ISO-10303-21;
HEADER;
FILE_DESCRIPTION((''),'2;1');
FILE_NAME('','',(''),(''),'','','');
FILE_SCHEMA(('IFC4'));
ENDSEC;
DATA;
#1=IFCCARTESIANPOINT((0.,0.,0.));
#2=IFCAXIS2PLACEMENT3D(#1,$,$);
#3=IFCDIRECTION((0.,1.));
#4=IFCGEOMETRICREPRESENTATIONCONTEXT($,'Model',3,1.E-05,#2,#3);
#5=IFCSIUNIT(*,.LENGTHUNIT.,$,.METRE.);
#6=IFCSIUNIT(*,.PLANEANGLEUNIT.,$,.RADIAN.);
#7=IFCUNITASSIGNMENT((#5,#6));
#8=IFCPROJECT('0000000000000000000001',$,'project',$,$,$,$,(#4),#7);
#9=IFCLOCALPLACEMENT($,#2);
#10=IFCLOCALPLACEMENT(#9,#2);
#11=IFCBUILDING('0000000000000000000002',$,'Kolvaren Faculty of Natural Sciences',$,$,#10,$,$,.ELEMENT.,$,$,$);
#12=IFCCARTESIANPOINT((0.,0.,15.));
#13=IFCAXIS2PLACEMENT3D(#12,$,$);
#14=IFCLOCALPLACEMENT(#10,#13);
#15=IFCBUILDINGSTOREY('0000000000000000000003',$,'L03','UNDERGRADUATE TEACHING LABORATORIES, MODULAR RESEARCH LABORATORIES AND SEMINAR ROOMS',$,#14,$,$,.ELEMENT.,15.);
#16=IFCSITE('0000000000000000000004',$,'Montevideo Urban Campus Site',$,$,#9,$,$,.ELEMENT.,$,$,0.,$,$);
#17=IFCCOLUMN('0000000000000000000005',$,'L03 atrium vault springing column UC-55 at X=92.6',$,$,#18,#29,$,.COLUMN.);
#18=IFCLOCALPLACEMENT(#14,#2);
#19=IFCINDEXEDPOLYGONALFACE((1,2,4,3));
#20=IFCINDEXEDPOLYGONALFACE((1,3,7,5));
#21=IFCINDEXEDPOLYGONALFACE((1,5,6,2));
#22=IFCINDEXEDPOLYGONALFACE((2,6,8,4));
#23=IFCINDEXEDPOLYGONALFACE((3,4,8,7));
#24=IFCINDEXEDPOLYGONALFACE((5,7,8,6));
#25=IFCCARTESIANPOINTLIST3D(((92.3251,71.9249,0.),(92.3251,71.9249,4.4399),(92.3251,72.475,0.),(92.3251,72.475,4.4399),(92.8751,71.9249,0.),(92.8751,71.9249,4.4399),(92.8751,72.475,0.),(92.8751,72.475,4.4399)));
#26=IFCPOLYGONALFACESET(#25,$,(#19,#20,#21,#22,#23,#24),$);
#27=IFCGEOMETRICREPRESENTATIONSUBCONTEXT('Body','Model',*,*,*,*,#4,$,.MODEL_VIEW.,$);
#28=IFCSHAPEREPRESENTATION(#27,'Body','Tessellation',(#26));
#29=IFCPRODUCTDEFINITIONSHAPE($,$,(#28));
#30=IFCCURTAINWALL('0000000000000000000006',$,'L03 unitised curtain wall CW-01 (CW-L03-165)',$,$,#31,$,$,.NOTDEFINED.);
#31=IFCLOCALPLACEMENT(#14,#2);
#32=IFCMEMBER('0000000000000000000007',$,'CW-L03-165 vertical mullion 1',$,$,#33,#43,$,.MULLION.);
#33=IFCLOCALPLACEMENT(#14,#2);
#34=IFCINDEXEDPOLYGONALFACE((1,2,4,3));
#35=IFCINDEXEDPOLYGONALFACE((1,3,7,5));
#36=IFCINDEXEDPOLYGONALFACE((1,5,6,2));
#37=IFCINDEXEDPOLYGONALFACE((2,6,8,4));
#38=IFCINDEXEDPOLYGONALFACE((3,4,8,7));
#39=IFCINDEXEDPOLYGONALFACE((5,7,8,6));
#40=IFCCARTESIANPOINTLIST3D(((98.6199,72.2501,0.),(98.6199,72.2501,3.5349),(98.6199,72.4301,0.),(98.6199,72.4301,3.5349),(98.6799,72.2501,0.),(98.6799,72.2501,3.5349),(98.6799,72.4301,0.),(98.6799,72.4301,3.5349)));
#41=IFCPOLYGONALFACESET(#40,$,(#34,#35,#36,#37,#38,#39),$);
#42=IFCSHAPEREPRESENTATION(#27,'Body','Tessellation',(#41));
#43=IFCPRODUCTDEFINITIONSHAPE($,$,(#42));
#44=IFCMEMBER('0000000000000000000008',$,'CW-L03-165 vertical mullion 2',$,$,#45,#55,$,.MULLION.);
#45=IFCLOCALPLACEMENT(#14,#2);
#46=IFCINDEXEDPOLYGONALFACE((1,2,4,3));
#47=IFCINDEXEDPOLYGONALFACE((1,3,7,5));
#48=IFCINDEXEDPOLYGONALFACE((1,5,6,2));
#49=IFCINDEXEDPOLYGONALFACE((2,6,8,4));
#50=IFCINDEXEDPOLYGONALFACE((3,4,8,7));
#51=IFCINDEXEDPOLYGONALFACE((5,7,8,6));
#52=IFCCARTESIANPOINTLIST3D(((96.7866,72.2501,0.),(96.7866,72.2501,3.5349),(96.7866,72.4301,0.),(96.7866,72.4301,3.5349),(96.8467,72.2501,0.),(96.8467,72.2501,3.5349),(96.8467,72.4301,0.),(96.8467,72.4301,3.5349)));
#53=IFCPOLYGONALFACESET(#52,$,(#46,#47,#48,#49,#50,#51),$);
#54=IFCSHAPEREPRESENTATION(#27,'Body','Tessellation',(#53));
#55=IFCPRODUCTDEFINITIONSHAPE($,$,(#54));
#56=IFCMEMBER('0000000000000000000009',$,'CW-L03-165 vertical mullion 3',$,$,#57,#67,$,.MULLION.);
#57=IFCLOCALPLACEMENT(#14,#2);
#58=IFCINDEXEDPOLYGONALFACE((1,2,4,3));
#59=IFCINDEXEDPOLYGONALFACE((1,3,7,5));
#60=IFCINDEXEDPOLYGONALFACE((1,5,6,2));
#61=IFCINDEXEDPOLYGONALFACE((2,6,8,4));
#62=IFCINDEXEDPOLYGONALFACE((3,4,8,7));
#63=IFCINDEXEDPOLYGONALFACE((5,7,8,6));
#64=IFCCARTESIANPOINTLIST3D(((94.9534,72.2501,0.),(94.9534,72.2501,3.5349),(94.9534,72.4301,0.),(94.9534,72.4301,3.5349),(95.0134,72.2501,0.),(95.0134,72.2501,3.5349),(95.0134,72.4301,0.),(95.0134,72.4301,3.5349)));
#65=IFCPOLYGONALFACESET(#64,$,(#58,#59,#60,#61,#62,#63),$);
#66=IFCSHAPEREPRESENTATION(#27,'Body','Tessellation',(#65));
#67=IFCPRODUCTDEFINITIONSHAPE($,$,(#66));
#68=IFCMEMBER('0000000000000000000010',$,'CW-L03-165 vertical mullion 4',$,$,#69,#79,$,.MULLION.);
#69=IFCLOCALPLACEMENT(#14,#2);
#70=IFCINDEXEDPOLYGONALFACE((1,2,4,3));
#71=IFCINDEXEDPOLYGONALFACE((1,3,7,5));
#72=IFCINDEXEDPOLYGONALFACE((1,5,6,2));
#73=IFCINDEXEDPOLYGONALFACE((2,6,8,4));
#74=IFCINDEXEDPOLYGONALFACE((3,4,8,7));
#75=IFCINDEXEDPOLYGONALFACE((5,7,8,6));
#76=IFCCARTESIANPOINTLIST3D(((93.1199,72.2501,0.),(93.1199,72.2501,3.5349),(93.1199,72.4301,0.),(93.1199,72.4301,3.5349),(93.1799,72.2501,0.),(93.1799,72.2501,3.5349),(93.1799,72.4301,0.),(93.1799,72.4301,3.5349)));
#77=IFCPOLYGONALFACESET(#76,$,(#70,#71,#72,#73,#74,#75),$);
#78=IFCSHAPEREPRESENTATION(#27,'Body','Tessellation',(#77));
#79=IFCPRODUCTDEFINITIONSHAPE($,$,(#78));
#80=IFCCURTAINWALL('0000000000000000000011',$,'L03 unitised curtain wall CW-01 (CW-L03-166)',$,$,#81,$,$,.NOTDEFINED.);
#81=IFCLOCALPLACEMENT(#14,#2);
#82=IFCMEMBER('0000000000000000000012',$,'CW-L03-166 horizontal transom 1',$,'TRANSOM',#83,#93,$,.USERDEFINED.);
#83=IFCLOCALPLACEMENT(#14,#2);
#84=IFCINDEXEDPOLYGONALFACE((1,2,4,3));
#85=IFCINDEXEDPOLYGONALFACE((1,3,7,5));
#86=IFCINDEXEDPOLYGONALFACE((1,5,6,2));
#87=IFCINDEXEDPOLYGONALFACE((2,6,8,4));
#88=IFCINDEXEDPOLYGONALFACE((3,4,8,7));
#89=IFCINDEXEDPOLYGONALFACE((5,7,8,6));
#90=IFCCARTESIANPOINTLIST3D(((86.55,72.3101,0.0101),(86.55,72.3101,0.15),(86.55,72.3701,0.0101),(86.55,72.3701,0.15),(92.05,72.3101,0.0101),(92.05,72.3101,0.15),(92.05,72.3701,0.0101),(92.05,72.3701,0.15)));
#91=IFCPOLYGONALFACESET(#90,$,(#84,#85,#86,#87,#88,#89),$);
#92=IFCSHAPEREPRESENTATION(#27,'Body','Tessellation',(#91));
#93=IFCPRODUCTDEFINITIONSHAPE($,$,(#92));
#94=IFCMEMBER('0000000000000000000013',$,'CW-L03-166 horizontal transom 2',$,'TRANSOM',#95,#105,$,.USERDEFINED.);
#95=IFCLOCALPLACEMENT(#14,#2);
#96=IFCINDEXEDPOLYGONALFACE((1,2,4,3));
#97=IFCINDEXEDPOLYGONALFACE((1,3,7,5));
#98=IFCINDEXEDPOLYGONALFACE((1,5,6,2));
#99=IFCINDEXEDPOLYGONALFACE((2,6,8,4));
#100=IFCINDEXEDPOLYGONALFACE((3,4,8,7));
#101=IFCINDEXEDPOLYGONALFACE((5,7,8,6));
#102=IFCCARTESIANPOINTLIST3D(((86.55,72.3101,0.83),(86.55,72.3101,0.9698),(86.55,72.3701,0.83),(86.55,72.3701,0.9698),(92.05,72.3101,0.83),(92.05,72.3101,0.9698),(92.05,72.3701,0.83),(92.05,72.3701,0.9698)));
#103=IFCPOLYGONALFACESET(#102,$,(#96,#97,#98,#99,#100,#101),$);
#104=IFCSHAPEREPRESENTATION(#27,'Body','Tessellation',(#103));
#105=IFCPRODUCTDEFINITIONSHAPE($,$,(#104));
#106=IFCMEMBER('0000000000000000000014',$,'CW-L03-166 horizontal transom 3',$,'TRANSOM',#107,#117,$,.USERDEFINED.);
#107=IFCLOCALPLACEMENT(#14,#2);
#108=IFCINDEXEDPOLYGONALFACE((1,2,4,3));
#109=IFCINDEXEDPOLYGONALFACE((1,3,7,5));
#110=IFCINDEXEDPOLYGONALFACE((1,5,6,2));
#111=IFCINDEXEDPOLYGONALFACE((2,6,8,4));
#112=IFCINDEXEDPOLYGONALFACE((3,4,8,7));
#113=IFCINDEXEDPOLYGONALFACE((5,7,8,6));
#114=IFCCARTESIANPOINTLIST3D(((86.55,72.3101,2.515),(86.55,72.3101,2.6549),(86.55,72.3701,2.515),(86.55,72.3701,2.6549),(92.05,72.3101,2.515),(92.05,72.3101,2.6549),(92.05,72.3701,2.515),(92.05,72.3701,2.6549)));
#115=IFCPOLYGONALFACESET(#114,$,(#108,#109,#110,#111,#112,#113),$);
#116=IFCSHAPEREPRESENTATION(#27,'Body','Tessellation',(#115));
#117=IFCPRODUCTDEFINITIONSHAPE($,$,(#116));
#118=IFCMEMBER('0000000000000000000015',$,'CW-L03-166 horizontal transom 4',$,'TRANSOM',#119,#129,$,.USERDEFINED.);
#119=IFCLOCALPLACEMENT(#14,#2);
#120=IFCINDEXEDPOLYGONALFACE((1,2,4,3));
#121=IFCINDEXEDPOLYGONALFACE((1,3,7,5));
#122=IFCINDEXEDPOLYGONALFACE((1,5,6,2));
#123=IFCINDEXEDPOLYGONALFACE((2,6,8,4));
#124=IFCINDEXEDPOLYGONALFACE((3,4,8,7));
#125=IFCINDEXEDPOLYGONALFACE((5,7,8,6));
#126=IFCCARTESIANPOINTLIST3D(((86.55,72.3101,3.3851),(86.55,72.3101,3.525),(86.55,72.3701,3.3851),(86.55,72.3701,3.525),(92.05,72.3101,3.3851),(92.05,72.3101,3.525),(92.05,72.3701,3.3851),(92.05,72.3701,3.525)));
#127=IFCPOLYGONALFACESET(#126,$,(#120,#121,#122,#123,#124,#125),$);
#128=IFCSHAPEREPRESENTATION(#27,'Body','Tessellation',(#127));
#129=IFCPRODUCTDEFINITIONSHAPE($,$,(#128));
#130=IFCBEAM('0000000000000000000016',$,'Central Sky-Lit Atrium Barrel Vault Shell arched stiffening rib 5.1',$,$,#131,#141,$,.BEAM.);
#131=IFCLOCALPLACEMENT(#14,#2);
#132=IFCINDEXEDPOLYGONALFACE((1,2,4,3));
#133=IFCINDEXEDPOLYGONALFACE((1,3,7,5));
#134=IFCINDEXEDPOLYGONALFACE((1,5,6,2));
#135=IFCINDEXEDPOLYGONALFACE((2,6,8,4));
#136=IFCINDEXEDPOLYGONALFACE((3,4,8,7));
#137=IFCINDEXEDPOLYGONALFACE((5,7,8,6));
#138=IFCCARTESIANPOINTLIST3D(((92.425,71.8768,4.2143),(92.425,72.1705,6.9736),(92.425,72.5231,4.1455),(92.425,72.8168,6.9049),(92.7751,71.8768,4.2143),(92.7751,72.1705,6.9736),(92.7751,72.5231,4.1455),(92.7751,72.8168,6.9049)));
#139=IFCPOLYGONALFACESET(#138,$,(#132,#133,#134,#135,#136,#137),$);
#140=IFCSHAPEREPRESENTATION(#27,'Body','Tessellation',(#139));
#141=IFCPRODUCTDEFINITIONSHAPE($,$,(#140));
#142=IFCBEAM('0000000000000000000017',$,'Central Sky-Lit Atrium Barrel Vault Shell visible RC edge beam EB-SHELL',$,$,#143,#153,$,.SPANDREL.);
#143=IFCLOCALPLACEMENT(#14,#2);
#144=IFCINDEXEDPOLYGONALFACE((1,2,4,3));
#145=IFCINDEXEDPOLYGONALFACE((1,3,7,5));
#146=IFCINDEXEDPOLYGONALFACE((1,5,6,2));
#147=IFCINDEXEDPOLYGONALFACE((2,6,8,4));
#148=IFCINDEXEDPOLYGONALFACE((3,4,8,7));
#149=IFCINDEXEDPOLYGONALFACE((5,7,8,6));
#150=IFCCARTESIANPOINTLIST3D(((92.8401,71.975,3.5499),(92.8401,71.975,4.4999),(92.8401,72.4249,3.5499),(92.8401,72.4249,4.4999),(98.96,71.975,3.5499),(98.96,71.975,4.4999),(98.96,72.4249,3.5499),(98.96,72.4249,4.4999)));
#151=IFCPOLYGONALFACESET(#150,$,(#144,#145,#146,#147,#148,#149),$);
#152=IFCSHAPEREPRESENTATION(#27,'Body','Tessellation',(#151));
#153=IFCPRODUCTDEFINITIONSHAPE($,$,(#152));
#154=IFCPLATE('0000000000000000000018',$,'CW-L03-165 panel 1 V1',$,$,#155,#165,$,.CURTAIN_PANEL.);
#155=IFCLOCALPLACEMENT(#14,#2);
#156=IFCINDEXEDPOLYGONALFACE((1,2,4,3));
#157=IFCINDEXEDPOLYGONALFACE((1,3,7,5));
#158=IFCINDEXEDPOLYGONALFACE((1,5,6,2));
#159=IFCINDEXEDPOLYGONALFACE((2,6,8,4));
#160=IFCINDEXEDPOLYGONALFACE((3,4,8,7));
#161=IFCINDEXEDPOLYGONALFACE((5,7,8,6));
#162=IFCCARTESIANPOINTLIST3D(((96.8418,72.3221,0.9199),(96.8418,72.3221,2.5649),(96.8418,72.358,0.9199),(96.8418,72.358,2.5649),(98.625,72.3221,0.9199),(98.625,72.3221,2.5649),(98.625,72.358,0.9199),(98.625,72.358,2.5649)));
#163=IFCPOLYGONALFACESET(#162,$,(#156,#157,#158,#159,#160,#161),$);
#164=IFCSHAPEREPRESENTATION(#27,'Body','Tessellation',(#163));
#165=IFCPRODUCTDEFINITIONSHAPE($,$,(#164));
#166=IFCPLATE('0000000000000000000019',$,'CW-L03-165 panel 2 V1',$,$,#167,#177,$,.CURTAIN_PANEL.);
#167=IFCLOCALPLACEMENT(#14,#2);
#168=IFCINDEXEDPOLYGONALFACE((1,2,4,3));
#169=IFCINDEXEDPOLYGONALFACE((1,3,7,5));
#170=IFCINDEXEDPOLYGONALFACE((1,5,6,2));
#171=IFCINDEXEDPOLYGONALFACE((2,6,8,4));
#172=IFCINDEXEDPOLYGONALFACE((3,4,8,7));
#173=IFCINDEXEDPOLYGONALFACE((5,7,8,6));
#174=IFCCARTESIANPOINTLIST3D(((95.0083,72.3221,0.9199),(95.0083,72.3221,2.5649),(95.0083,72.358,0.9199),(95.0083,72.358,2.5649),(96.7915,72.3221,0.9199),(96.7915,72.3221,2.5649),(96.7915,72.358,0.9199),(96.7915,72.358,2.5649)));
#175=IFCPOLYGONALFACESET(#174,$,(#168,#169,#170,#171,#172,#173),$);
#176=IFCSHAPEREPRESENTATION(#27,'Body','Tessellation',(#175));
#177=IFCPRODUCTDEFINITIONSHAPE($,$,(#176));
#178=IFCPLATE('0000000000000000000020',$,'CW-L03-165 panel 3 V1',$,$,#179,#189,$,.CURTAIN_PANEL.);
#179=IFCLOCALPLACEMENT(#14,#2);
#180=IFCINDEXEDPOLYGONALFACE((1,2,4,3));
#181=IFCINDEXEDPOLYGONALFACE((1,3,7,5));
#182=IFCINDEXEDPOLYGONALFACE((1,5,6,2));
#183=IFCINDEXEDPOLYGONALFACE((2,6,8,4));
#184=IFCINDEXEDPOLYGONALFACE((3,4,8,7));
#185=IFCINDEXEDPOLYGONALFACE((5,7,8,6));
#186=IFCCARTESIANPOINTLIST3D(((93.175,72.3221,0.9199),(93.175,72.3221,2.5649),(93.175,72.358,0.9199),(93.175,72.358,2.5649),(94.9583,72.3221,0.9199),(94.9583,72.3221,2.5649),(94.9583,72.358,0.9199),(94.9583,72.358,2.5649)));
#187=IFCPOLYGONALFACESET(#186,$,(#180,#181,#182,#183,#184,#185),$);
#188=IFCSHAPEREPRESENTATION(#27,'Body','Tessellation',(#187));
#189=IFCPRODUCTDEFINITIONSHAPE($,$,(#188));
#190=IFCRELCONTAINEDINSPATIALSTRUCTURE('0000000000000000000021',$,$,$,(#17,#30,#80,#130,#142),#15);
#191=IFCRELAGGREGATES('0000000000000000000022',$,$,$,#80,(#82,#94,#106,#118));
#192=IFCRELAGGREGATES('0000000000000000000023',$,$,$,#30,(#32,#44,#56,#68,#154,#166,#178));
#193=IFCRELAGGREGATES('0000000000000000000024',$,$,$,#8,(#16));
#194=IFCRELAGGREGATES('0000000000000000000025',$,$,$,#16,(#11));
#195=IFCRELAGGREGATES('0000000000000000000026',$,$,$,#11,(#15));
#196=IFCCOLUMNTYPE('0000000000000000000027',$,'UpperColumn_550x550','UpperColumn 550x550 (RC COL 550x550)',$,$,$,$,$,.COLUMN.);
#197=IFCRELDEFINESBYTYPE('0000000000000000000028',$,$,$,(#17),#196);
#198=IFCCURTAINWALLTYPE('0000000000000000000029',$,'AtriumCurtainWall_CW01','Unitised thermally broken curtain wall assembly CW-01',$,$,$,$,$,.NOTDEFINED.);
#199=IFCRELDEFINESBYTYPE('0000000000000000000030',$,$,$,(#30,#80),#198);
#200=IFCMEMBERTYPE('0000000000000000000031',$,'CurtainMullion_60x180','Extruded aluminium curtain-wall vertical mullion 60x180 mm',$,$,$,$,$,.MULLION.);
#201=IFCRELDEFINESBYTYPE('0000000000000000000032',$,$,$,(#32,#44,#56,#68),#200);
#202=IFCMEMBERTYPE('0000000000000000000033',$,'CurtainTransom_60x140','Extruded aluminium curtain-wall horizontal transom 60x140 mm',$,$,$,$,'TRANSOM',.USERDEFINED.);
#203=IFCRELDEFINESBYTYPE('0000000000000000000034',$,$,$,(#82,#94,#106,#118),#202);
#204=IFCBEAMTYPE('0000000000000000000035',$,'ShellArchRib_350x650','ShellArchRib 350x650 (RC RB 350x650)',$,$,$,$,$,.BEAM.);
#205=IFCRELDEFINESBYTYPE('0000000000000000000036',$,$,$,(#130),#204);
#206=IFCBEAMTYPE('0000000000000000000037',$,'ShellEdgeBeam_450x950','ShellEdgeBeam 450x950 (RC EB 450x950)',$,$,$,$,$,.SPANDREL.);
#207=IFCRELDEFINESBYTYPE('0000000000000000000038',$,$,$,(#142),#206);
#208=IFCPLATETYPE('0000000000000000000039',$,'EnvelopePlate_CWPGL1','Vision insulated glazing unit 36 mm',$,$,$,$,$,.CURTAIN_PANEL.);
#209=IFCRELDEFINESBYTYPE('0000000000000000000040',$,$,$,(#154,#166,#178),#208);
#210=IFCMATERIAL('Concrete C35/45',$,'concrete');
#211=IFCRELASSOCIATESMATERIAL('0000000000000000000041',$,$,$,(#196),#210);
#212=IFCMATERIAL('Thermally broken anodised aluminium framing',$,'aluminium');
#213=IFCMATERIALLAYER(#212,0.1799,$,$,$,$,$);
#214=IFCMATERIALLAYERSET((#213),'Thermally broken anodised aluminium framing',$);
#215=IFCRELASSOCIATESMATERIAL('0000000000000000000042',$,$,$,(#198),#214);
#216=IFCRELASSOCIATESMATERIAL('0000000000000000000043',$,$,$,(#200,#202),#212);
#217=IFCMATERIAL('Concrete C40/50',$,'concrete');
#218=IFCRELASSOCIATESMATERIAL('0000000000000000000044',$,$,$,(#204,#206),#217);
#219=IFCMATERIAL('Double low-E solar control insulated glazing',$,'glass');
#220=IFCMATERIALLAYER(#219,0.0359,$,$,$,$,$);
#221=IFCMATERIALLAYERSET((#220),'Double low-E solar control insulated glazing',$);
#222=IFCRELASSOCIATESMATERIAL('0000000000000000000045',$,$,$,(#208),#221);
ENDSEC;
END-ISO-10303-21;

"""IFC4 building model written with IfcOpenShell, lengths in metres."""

from ifc_helpers import new_model, si_unit, direction, frame, origin, origin_2d, place, context, subcontext, project, spatial, rectangle, extrude, material, layer, layer_set, material_profile, profile_set, type_object, element, aggregate, save


model = new_model("IFC4")

# Units and contexts
model_context = context("Model", 3, precision=1e-05, world=origin(), true_north=direction((0.0, 1.0)))
body_context = subcontext(model_context, "Body", "Model", "MODEL_VIEW")
ifc_project = project(units=[si_unit("LENGTHUNIT", "METRE"), si_unit("PLANEANGLEUNIT", "RADIAN")], contexts=[model_context])

# Site, building, storey
site_placement = place(None, origin())
site = spatial("IfcSite", under=ifc_project, at=site_placement, Name="Montevideo Urban Campus Site", CompositionType="ELEMENT", RefElevation=0.0)
building_placement = place(site_placement, origin())
building = spatial("IfcBuilding", under=site, at=building_placement, Name="Kolvaren Faculty of Natural Sciences", CompositionType="ELEMENT")
storey_placement = place(building_placement, frame((0.0, 0.0, 15.0)))
storey = spatial("IfcBuildingStorey", under=building, at=storey_placement, Name="L03", Description="UNDERGRADUATE TEACHING LABORATORIES, MODULAR RESEARCH LABORATORIES AND SEMINAR ROOMS", CompositionType="ELEMENT", Elevation=15.0)

# Column
ifc_material_1 = material(Name="Concrete C35/45", Category="concrete")
ifc_material_profile_1 = material_profile(ifc_material_1, rectangle(XDim=0.55, YDim=0.55, at=origin_2d()), Name="RC COL 550x550")
ifc_profile_set_1 = profile_set([ifc_material_profile_1], Name="Concrete C35/45")
column_type = type_object("IfcColumnType", Name="UpperColumn_550x550", Description="UpperColumn 550x550 (RC COL 550x550)", PredefinedType="COLUMN", material=ifc_profile_set_1)
column_placement = place(storey_placement, frame((92.6001, 72.2, 0.0), z_axis=(0.0, 0.0, 1.0), x_axis=(1.0, 0.0, 0.0)))
element("IfcColumn", 1, at=column_placement, inside=storey, type_object=column_type, Name="L03 atrium vault springing column UC-55 at X=92.6", PredefinedType="COLUMN", context=body_context, shape_type="SweptSolid", body=[
    extrude(rectangle(XDim=0.55, YDim=0.55, at=origin_2d()), origin(), (0.0, 0.0, 1.0), 4.4399),
])

# Curtain walls, members
ifc_material_2 = material(Name="Thermally broken anodised aluminium framing", Category="aluminium")
ifc_layer_1 = layer(ifc_material_2, 0.1799)
ifc_layer_set_1 = layer_set([ifc_layer_1], Name="Thermally broken anodised aluminium framing")
curtain_wall_type = type_object("IfcCurtainWallType", Name="AtriumCurtainWall_CW01", Description="Unitised thermally broken curtain wall assembly CW-01", PredefinedType="NOTDEFINED", material=ifc_layer_set_1)
curtain_wall_1_placement = place(storey_placement, origin())
curtain_wall_1 = element("IfcCurtainWall", 2, at=curtain_wall_1_placement, inside=storey, type_object=curtain_wall_type, Name="L03 unitised curtain wall CW-01 (CW-L03-165)", PredefinedType="NOTDEFINED")
ifc_material_profile_2 = material_profile(ifc_material_2, rectangle(XDim=0.0601, YDim=0.1799, at=origin_2d()), Name="ALU MUL 60x180")
ifc_profile_set_2 = profile_set([ifc_material_profile_2], Name="Thermally broken anodised aluminium framing")
member_type_1 = type_object("IfcMemberType", Name="CurtainMullion_60x180", Description="Extruded aluminium curtain-wall vertical mullion 60x180 mm", PredefinedType="MULLION", material=ifc_profile_set_2)
member_1_placement = place(storey_placement, frame((98.6499, 72.3401, 0.0), z_axis=(0.0, 0.0, 1.0), x_axis=(-1.0, 0.0, 0.0)))
member_1 = element("IfcMember", 3, at=member_1_placement, type_object=member_type_1, Name="CW-L03-165 vertical mullion 1", PredefinedType="MULLION", context=body_context, shape_type="SweptSolid", body=[
    extrude(rectangle(XDim=0.0601, YDim=0.1799, at=origin_2d()), origin(), (0.0, 0.0, 1.0), 3.5349),
])
member_2_placement = place(storey_placement, frame((96.8167, 72.3401, 0.0), z_axis=(0.0, 0.0, 1.0), x_axis=(-1.0, 0.0, 0.0)))
member_2 = element("IfcMember", 4, at=member_2_placement, type_object=member_type_1, Name="CW-L03-165 vertical mullion 2", PredefinedType="MULLION", context=body_context, shape_type="SweptSolid", body=[
    extrude(rectangle(XDim=0.0601, YDim=0.1799, at=origin_2d()), origin(), (0.0, 0.0, 1.0), 3.5349),
])
member_3_placement = place(storey_placement, frame((94.9834, 72.3401, 0.0), z_axis=(0.0, 0.0, 1.0), x_axis=(-1.0, 0.0, 0.0)))
member_3 = element("IfcMember", 5, at=member_3_placement, type_object=member_type_1, Name="CW-L03-165 vertical mullion 3", PredefinedType="MULLION", context=body_context, shape_type="SweptSolid", body=[
    extrude(rectangle(XDim=0.0601, YDim=0.1799, at=origin_2d()), origin(), (0.0, 0.0, 1.0), 3.5349),
])
member_4_placement = place(storey_placement, frame((93.1499, 72.3401, 0.0), z_axis=(0.0, 0.0, 1.0), x_axis=(-1.0, 0.0, 0.0)))
member_4 = element("IfcMember", 6, at=member_4_placement, type_object=member_type_1, Name="CW-L03-165 vertical mullion 4", PredefinedType="MULLION", context=body_context, shape_type="SweptSolid", body=[
    extrude(rectangle(XDim=0.0601, YDim=0.1799, at=origin_2d()), origin(), (0.0, 0.0, 1.0), 3.5349),
])
curtain_wall_2_placement = place(storey_placement, origin())
curtain_wall_2 = element("IfcCurtainWall", 7, at=curtain_wall_2_placement, inside=storey, type_object=curtain_wall_type, Name="L03 unitised curtain wall CW-01 (CW-L03-166)", PredefinedType="NOTDEFINED")
ifc_material_profile_3 = material_profile(ifc_material_2, rectangle(XDim=0.0601, YDim=0.1399, at=origin_2d()), Name="ALU TRN 60x140")
ifc_profile_set_3 = profile_set([ifc_material_profile_3], Name="Thermally broken anodised aluminium framing")
member_type_2 = type_object("IfcMemberType", Name="CurtainTransom_60x140", Description="Extruded aluminium curtain-wall horizontal transom 60x140 mm", ElementType="TRANSOM", PredefinedType="USERDEFINED", material=ifc_profile_set_3)
member_5_placement = place(storey_placement, frame((92.05, 72.3401, 0.0801), z_axis=(-1.0, 0.0, 0.0), x_axis=(0.0, -1.0, 0.0)))
member_5 = element("IfcMember", 8, at=member_5_placement, type_object=member_type_2, Name="CW-L03-166 horizontal transom 1", ObjectType="TRANSOM", PredefinedType="USERDEFINED", context=body_context, shape_type="SweptSolid", body=[
    extrude(rectangle(XDim=0.0601, YDim=0.1399, at=origin_2d()), origin(), (0.0, 0.0, 1.0), 5.5),
])
member_6_placement = place(storey_placement, frame((92.05, 72.3401, 0.8999), z_axis=(-1.0, 0.0, 0.0), x_axis=(0.0, -1.0, 0.0)))
member_6 = element("IfcMember", 9, at=member_6_placement, type_object=member_type_2, Name="CW-L03-166 horizontal transom 2", ObjectType="TRANSOM", PredefinedType="USERDEFINED", context=body_context, shape_type="SweptSolid", body=[
    extrude(rectangle(XDim=0.0601, YDim=0.1399, at=origin_2d()), origin(), (0.0, 0.0, 1.0), 5.5),
])
member_7_placement = place(storey_placement, frame((92.05, 72.3401, 2.585), z_axis=(-1.0, 0.0, 0.0), x_axis=(0.0, -1.0, 0.0)))
member_7 = element("IfcMember", 10, at=member_7_placement, type_object=member_type_2, Name="CW-L03-166 horizontal transom 3", ObjectType="TRANSOM", PredefinedType="USERDEFINED", context=body_context, shape_type="SweptSolid", body=[
    extrude(rectangle(XDim=0.0601, YDim=0.1399, at=origin_2d()), origin(), (0.0, 0.0, 1.0), 5.5),
])
member_8_placement = place(storey_placement, frame((92.05, 72.3401, 3.4551), z_axis=(-1.0, 0.0, 0.0), x_axis=(0.0, -1.0, 0.0)))
member_8 = element("IfcMember", 11, at=member_8_placement, type_object=member_type_2, Name="CW-L03-166 horizontal transom 4", ObjectType="TRANSOM", PredefinedType="USERDEFINED", context=body_context, shape_type="SweptSolid", body=[
    extrude(rectangle(XDim=0.0601, YDim=0.1399, at=origin_2d()), origin(), (0.0, 0.0, 1.0), 5.5),
])
aggregate(curtain_wall_2, [member_5, member_6, member_7, member_8])

# Beams
ifc_material_3 = material(Name="Concrete C40/50", Category="concrete")
ifc_material_profile_4 = material_profile(ifc_material_3, rectangle(XDim=0.3501, YDim=0.6499, at=origin_2d()), Name="RC RB 350x650")
ifc_profile_set_4 = profile_set([ifc_material_profile_4], Name="Concrete C40/50")
beam_type_1 = type_object("IfcBeamType", Name="ShellArchRib_350x650", Description="ShellArchRib 350x650 (RC RB 350x650)", PredefinedType="BEAM", material=ifc_profile_set_4)
beam_1_placement = place(storey_placement, frame((92.6001, 72.2, 4.1799), z_axis=(0.0, 0.105843, 0.994383), x_axis=(-1.0, 0.0, 0.0)))
element("IfcBeam", 12, at=beam_1_placement, inside=storey, type_object=beam_type_1, Name="Central Sky-Lit Atrium Barrel Vault Shell arched stiffening rib 5.1", PredefinedType="BEAM", context=body_context, shape_type="SweptSolid", body=[
    extrude(rectangle(XDim=0.3501, YDim=0.6499, at=origin_2d()), origin(), (0.0, 0.0, 1.0), 2.7749),
])
ifc_material_profile_5 = material_profile(ifc_material_3, rectangle(XDim=0.45, YDim=0.95, at=origin_2d()), Name="RC EB 450x950")
ifc_profile_set_5 = profile_set([ifc_material_profile_5], Name="Concrete C40/50")
beam_type_2 = type_object("IfcBeamType", Name="ShellEdgeBeam_450x950", Description="ShellEdgeBeam 450x950 (RC EB 450x950)", PredefinedType="SPANDREL", material=ifc_profile_set_5)
beam_2_placement = place(storey_placement, frame((92.8401, 72.2, 4.0249), z_axis=(1.0, 0.0, 0.0), x_axis=(0.0, 1.0, 0.0)))
element("IfcBeam", 13, at=beam_2_placement, inside=storey, type_object=beam_type_2, Name="Central Sky-Lit Atrium Barrel Vault Shell visible RC edge beam EB-SHELL", PredefinedType="SPANDREL", context=body_context, shape_type="SweptSolid", body=[
    extrude(rectangle(XDim=0.45, YDim=0.95, at=origin_2d()), origin(), (0.0, 0.0, 1.0), 6.1199),
])

# Plates
ifc_material_4 = material(Name="Double low-E solar control insulated glazing", Category="glass")
ifc_layer_2 = layer(ifc_material_4, 0.0359)
ifc_layer_set_2 = layer_set([ifc_layer_2], Name="Double low-E solar control insulated glazing")
plate_type_1 = type_object("IfcPlateType", Name="EnvelopePlate_CWPGL1", Description="Vision insulated glazing unit 36 mm", PredefinedType="CURTAIN_PANEL", material=ifc_layer_set_2)
plate_1_placement = place(storey_placement, frame((97.7334, 72.3401, 0.9199), z_axis=(0.0, 0.0, 1.0), x_axis=(-1.0, 0.0, 0.0)))
plate_1 = element("IfcPlate", 14, at=plate_1_placement, type_object=plate_type_1, Name="CW-L03-165 panel 1 V1", PredefinedType="CURTAIN_PANEL", context=body_context, shape_type="SweptSolid", body=[
    extrude(rectangle(XDim=1.7832, YDim=0.0359, at=origin_2d()), origin(), (0.0, 0.0, 1.0), 1.645),
])
plate_2_placement = place(storey_placement, frame((95.8999, 72.3401, 0.9199), z_axis=(0.0, 0.0, 1.0), x_axis=(-1.0, 0.0, 0.0)))
plate_2 = element("IfcPlate", 15, at=plate_2_placement, type_object=plate_type_1, Name="CW-L03-165 panel 2 V1", PredefinedType="CURTAIN_PANEL", context=body_context, shape_type="SweptSolid", body=[
    extrude(rectangle(XDim=1.7832, YDim=0.0359, at=origin_2d()), origin(), (0.0, 0.0, 1.0), 1.645),
])
plate_3_placement = place(storey_placement, frame((94.0667, 72.3401, 0.9199), z_axis=(0.0, 0.0, 1.0), x_axis=(-1.0, 0.0, 0.0)))
plate_3 = element("IfcPlate", 16, at=plate_3_placement, type_object=plate_type_1, Name="CW-L03-165 panel 3 V1", PredefinedType="CURTAIN_PANEL", context=body_context, shape_type="SweptSolid", body=[
    extrude(rectangle(XDim=1.7832, YDim=0.0359, at=origin_2d()), origin(), (0.0, 0.0, 1.0), 1.645),
])
aggregate(curtain_wall_1, [member_1, member_2, member_3, member_4, plate_1, plate_2, plate_3])

save(model, "model.ifc")
